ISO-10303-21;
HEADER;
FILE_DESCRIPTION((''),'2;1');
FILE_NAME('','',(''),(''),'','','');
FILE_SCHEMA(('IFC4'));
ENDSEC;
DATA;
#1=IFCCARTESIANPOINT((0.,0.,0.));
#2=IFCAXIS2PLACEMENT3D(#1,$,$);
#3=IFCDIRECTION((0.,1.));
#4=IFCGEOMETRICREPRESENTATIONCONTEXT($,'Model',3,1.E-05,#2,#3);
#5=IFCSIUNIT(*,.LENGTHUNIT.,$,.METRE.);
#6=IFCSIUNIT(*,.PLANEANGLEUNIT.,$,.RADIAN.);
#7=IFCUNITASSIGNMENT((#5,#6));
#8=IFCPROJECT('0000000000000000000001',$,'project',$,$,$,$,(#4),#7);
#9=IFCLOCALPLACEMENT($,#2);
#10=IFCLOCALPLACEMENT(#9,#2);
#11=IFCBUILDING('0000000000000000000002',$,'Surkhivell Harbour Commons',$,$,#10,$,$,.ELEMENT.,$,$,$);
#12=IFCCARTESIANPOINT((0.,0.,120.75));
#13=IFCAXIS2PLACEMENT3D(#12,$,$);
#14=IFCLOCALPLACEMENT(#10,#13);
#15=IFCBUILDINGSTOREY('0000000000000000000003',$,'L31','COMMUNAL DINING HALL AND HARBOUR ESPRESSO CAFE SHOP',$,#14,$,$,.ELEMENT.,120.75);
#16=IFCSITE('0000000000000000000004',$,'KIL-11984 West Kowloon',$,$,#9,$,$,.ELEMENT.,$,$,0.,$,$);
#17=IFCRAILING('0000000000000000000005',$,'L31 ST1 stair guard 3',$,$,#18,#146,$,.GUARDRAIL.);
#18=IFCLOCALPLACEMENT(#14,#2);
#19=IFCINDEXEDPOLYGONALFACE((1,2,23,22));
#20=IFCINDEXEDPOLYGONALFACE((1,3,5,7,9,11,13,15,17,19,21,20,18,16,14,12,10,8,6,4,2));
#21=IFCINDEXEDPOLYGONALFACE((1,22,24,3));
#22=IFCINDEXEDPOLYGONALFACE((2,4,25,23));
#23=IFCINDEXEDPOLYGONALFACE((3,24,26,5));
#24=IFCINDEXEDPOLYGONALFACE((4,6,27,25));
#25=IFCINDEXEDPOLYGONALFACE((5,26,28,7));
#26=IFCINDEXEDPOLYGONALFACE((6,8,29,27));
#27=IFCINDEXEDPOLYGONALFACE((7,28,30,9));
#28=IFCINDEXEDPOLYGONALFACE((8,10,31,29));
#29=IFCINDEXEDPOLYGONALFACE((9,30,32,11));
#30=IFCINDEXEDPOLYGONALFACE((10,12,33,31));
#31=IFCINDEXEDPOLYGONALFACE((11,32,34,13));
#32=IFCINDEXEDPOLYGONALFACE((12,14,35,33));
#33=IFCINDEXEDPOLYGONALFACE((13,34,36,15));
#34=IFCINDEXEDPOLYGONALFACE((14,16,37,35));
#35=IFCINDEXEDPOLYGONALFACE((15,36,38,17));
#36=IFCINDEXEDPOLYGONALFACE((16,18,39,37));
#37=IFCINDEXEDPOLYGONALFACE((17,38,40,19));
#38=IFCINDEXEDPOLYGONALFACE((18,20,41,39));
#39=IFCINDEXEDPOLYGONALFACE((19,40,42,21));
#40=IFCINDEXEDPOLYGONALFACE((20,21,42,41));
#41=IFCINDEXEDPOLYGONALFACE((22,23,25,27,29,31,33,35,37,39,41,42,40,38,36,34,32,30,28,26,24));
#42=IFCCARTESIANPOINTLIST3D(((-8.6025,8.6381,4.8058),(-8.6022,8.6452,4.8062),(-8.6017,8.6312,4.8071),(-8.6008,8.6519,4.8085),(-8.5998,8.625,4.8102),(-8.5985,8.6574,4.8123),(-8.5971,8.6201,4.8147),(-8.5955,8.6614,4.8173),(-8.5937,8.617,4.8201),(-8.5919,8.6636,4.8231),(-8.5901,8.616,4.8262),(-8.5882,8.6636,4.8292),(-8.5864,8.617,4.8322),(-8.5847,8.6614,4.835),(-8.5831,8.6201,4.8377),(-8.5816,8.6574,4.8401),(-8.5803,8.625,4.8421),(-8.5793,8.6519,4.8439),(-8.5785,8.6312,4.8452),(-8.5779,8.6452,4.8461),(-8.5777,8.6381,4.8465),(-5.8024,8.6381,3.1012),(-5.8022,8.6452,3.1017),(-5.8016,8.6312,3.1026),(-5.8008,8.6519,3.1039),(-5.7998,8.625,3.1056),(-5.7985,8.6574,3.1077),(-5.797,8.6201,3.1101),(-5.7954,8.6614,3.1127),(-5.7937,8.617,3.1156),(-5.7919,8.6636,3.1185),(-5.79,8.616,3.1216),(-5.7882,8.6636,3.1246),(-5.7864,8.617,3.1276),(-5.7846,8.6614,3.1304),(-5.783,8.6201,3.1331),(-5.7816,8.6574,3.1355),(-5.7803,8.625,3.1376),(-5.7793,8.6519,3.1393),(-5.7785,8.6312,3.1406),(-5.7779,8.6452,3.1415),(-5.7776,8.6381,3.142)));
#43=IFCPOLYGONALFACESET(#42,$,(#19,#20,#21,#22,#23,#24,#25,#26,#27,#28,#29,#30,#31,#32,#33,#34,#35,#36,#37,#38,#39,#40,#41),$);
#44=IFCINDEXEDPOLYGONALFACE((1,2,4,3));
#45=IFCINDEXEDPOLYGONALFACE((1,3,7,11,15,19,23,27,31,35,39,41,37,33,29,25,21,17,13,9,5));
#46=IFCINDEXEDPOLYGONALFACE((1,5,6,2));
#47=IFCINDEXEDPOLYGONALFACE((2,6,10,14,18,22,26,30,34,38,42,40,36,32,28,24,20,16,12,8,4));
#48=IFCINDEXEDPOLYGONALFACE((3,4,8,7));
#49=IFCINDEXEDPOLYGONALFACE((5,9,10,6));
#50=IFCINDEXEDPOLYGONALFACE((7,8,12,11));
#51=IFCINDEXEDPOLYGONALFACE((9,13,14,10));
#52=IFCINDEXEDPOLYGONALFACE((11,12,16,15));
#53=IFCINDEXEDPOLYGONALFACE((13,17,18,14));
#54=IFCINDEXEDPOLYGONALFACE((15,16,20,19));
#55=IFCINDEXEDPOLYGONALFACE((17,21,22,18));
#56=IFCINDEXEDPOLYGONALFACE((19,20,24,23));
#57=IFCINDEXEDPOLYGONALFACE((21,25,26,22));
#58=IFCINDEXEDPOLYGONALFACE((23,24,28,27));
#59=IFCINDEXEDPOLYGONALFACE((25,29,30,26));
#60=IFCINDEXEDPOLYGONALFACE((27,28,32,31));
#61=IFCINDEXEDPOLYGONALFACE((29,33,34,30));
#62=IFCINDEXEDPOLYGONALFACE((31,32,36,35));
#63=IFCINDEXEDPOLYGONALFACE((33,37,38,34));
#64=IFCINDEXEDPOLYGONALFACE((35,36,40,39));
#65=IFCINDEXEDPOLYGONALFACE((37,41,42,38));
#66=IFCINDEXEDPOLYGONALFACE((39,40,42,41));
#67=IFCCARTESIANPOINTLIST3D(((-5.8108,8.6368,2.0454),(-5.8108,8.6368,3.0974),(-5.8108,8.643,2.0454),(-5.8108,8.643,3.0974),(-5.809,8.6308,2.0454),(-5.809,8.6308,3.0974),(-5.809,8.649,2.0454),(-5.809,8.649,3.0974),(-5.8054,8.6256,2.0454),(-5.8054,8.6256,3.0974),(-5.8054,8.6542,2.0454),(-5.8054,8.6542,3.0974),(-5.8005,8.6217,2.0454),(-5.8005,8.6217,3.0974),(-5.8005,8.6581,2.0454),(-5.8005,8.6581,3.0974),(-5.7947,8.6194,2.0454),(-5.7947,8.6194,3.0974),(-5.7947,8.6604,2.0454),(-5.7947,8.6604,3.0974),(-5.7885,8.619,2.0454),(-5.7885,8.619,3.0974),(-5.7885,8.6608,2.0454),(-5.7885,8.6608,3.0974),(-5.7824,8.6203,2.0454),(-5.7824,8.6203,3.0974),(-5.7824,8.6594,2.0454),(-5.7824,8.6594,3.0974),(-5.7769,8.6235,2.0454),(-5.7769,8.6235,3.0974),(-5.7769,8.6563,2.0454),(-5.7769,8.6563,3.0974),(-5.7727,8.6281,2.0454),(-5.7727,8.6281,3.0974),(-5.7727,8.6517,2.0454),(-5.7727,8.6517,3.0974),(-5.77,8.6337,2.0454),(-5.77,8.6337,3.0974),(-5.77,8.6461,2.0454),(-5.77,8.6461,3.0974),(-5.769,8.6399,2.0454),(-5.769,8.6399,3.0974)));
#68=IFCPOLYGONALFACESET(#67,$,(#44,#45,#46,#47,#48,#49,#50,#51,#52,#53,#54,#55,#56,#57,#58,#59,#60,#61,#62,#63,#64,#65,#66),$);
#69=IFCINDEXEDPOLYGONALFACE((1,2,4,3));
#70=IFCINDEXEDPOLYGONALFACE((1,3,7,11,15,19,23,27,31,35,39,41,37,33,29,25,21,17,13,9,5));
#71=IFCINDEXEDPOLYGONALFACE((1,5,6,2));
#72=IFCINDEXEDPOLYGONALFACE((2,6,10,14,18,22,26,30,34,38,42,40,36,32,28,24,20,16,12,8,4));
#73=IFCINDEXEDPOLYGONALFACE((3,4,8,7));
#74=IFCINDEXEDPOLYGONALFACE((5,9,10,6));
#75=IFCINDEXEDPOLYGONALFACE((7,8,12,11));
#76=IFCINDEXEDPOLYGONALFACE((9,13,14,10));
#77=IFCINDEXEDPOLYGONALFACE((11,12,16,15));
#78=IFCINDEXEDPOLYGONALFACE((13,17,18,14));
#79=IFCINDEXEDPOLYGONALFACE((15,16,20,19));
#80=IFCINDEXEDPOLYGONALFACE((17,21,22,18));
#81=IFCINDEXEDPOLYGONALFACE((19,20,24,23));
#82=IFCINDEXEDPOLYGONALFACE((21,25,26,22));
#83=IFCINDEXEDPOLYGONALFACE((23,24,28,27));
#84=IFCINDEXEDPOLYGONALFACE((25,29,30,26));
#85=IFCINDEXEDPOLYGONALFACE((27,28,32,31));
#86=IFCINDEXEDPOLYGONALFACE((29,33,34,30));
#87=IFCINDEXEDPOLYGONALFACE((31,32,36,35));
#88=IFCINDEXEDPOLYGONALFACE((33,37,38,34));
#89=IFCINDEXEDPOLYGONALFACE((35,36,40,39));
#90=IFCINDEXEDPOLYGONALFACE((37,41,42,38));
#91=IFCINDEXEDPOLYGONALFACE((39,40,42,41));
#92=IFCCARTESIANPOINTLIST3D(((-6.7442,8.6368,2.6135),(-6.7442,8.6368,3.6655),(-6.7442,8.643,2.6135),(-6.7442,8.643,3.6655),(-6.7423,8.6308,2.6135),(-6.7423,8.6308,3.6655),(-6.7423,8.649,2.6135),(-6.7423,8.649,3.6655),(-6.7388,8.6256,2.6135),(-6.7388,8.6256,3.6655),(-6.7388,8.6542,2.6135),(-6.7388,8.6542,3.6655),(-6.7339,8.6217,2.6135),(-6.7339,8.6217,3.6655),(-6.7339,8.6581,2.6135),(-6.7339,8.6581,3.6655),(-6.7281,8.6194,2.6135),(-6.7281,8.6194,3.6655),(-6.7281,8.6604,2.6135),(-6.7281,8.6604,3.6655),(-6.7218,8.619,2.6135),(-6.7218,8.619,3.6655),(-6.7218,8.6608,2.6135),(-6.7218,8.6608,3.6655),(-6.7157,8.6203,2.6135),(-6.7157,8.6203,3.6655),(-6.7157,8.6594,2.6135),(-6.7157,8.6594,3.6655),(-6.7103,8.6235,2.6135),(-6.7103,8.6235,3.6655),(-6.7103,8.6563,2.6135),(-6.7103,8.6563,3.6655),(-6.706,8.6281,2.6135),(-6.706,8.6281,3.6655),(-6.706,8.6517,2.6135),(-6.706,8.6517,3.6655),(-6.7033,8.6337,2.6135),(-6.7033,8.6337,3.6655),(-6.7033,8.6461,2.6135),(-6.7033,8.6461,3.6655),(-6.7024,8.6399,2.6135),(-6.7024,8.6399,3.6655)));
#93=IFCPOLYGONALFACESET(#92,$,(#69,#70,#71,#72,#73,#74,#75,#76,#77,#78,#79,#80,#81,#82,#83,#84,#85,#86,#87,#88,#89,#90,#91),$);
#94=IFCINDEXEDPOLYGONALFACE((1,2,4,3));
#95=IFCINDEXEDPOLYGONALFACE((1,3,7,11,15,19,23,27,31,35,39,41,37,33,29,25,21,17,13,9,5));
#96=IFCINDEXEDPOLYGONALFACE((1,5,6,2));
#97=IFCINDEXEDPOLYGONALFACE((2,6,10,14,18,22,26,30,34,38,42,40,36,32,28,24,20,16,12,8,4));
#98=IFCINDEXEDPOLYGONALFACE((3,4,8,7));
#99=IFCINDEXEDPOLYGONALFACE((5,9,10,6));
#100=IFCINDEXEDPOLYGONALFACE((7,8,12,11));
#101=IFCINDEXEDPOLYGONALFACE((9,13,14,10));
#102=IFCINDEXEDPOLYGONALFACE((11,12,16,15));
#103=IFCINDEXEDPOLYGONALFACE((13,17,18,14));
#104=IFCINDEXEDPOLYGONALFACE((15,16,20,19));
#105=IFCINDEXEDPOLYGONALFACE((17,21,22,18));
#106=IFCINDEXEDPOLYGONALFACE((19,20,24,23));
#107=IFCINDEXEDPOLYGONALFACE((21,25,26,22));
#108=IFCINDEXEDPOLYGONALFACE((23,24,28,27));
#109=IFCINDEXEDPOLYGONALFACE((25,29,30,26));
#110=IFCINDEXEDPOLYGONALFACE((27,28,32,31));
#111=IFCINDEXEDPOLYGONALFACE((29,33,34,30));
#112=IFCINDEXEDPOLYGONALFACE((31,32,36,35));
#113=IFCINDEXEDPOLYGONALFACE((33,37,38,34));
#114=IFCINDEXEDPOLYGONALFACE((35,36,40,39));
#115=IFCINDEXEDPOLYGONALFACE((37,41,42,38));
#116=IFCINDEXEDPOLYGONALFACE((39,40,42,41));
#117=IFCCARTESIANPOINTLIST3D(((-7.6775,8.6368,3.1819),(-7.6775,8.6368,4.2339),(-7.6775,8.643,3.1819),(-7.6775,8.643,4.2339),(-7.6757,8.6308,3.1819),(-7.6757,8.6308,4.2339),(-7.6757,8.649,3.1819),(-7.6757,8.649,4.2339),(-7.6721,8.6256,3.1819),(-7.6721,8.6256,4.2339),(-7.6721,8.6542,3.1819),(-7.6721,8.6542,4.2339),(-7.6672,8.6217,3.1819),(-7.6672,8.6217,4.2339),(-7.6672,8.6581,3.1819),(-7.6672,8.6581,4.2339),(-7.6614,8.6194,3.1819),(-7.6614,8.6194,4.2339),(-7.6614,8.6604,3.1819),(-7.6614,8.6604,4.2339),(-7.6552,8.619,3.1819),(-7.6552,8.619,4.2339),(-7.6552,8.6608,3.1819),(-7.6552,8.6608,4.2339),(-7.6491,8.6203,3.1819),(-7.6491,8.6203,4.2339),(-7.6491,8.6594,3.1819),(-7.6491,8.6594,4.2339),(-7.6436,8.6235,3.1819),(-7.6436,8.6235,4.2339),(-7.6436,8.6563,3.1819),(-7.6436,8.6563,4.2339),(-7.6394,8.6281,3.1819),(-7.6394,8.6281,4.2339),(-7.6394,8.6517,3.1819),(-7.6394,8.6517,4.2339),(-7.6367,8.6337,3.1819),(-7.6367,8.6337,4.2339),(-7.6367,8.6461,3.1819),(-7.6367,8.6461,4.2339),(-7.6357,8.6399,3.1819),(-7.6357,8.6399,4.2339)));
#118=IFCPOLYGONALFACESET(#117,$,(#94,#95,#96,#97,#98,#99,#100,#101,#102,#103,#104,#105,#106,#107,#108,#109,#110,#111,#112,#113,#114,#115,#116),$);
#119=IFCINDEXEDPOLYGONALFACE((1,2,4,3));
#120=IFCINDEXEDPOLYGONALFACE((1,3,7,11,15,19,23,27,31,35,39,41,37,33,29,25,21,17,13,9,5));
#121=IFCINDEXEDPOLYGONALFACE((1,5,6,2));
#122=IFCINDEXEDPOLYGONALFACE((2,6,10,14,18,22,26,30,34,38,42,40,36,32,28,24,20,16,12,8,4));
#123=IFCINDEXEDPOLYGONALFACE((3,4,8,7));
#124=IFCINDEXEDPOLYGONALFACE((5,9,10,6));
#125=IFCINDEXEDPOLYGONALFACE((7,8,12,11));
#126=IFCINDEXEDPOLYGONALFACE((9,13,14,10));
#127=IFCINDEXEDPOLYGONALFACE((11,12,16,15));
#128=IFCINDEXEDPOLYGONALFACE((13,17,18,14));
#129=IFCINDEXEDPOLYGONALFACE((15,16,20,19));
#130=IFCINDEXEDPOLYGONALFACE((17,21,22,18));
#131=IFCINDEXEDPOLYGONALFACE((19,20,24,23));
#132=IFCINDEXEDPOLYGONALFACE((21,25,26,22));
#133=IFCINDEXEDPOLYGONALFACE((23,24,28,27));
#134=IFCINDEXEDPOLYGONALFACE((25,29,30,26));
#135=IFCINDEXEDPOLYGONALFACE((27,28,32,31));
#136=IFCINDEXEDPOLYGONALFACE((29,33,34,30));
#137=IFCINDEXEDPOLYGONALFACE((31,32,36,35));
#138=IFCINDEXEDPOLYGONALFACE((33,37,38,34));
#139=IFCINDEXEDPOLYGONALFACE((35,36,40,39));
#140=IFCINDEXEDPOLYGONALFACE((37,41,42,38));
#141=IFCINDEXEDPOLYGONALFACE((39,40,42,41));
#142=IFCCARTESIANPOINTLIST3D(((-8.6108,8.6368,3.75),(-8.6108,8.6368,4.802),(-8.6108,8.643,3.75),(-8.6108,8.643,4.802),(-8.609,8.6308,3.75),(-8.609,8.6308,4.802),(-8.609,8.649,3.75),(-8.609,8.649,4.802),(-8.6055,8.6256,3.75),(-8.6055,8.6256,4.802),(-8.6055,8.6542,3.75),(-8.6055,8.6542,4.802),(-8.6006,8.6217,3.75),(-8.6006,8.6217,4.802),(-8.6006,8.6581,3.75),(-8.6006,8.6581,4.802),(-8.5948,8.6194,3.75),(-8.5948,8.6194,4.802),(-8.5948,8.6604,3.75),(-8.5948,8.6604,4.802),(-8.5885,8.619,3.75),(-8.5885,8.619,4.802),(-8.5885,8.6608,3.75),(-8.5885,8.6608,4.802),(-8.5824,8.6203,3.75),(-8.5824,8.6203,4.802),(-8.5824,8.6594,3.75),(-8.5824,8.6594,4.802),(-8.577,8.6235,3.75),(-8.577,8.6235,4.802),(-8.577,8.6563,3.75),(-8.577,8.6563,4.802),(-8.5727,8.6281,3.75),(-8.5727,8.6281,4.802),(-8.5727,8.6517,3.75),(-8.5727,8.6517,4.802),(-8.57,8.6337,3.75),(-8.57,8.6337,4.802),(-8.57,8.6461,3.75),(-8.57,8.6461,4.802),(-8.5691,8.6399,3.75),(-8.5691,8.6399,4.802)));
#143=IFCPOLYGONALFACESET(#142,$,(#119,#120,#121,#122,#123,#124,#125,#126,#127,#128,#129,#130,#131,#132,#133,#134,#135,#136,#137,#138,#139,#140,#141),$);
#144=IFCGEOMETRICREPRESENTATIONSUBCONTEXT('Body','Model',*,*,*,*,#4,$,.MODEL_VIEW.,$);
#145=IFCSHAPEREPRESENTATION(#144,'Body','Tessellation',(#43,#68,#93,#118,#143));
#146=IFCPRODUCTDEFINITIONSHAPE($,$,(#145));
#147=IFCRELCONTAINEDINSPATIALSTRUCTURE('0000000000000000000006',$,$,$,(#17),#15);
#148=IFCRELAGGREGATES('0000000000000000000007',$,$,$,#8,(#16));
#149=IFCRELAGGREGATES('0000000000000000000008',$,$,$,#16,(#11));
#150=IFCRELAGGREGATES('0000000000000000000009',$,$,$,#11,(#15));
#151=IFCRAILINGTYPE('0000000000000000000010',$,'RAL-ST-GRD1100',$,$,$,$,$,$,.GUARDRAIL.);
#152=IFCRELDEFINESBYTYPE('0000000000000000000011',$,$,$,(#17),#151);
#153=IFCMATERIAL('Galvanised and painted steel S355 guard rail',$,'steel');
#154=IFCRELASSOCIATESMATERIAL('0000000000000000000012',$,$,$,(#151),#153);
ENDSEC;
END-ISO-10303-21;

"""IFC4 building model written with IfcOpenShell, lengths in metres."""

from ifc_helpers import new_model, si_unit, direction, frame, origin, origin_2d, place, context, subcontext, project, spatial, circle, extrude, material, type_object, element, save


model = new_model("IFC4")

# Units and contexts
model_context = context("Model", 3, precision=1e-05, world=origin(), true_north=direction((0.0, 1.0)))
body_context = subcontext(model_context, "Body", "Model", "MODEL_VIEW")
ifc_project = project(units=[si_unit("LENGTHUNIT", "METRE"), si_unit("PLANEANGLEUNIT", "RADIAN")], contexts=[model_context])

# Site, building, storey
site_placement = place(None, origin())
site = spatial("IfcSite", under=ifc_project, at=site_placement, Name="KIL-11984 West Kowloon", CompositionType="ELEMENT", RefElevation=0.0)
building_placement = place(site_placement, origin())
building = spatial("IfcBuilding", under=site, at=building_placement, Name="Surkhivell Harbour Commons", CompositionType="ELEMENT")
storey_placement = place(building_placement, frame((0.0, 0.0, 120.75)))
storey = spatial("IfcBuildingStorey", under=building, at=storey_placement, Name="L31", Description="COMMUNAL DINING HALL AND HARBOUR ESPRESSO CAFE SHOP", CompositionType="ELEMENT", Elevation=120.75)

# Railing
ifc_material_1 = material(Name="Galvanised and painted steel S355 guard rail", Category="steel")
railing_type_1 = type_object("IfcRailingType", Name="RAL-ST-GRD1100", PredefinedType="GUARDRAIL", material=ifc_material_1)
railing_1_placement = place(storey_placement, frame((-5.79, 8.6399, 2.0454)))
element("IfcRailing", 1, at=railing_1_placement, inside=storey, type_object=railing_type_1, Name="L31 ST1 stair guard 3", PredefinedType="GUARDRAIL", context=body_context, shape_type="SweptSolid", body=[
    extrude(circle(Radius=0.0239, at=origin_2d()), frame((0.0, 0.0, 1.0762), z_axis=(-0.85417, 0.0, 0.519994), x_axis=(0.0, -1.0, 0.0)), (0.0, 0.0, 1.0), 3.2781),
    extrude(circle(Radius=0.021, at=origin_2d()), origin(), (0.0, 0.0, 1.0), 1.052),
    extrude(circle(Radius=0.021, at=origin_2d()), frame((-0.9333, 0.0, 0.5681)), (0.0, 0.0, 1.0), 1.052),
    extrude(circle(Radius=0.021, at=origin_2d()), frame((-1.8667, 0.0, 1.1365)), (0.0, 0.0, 1.0), 1.052),
    extrude(circle(Radius=0.021, at=origin_2d()), frame((-2.8, 0.0, 1.7046)), (0.0, 0.0, 1.0), 1.052),
])

save(model, "model.ifc")
